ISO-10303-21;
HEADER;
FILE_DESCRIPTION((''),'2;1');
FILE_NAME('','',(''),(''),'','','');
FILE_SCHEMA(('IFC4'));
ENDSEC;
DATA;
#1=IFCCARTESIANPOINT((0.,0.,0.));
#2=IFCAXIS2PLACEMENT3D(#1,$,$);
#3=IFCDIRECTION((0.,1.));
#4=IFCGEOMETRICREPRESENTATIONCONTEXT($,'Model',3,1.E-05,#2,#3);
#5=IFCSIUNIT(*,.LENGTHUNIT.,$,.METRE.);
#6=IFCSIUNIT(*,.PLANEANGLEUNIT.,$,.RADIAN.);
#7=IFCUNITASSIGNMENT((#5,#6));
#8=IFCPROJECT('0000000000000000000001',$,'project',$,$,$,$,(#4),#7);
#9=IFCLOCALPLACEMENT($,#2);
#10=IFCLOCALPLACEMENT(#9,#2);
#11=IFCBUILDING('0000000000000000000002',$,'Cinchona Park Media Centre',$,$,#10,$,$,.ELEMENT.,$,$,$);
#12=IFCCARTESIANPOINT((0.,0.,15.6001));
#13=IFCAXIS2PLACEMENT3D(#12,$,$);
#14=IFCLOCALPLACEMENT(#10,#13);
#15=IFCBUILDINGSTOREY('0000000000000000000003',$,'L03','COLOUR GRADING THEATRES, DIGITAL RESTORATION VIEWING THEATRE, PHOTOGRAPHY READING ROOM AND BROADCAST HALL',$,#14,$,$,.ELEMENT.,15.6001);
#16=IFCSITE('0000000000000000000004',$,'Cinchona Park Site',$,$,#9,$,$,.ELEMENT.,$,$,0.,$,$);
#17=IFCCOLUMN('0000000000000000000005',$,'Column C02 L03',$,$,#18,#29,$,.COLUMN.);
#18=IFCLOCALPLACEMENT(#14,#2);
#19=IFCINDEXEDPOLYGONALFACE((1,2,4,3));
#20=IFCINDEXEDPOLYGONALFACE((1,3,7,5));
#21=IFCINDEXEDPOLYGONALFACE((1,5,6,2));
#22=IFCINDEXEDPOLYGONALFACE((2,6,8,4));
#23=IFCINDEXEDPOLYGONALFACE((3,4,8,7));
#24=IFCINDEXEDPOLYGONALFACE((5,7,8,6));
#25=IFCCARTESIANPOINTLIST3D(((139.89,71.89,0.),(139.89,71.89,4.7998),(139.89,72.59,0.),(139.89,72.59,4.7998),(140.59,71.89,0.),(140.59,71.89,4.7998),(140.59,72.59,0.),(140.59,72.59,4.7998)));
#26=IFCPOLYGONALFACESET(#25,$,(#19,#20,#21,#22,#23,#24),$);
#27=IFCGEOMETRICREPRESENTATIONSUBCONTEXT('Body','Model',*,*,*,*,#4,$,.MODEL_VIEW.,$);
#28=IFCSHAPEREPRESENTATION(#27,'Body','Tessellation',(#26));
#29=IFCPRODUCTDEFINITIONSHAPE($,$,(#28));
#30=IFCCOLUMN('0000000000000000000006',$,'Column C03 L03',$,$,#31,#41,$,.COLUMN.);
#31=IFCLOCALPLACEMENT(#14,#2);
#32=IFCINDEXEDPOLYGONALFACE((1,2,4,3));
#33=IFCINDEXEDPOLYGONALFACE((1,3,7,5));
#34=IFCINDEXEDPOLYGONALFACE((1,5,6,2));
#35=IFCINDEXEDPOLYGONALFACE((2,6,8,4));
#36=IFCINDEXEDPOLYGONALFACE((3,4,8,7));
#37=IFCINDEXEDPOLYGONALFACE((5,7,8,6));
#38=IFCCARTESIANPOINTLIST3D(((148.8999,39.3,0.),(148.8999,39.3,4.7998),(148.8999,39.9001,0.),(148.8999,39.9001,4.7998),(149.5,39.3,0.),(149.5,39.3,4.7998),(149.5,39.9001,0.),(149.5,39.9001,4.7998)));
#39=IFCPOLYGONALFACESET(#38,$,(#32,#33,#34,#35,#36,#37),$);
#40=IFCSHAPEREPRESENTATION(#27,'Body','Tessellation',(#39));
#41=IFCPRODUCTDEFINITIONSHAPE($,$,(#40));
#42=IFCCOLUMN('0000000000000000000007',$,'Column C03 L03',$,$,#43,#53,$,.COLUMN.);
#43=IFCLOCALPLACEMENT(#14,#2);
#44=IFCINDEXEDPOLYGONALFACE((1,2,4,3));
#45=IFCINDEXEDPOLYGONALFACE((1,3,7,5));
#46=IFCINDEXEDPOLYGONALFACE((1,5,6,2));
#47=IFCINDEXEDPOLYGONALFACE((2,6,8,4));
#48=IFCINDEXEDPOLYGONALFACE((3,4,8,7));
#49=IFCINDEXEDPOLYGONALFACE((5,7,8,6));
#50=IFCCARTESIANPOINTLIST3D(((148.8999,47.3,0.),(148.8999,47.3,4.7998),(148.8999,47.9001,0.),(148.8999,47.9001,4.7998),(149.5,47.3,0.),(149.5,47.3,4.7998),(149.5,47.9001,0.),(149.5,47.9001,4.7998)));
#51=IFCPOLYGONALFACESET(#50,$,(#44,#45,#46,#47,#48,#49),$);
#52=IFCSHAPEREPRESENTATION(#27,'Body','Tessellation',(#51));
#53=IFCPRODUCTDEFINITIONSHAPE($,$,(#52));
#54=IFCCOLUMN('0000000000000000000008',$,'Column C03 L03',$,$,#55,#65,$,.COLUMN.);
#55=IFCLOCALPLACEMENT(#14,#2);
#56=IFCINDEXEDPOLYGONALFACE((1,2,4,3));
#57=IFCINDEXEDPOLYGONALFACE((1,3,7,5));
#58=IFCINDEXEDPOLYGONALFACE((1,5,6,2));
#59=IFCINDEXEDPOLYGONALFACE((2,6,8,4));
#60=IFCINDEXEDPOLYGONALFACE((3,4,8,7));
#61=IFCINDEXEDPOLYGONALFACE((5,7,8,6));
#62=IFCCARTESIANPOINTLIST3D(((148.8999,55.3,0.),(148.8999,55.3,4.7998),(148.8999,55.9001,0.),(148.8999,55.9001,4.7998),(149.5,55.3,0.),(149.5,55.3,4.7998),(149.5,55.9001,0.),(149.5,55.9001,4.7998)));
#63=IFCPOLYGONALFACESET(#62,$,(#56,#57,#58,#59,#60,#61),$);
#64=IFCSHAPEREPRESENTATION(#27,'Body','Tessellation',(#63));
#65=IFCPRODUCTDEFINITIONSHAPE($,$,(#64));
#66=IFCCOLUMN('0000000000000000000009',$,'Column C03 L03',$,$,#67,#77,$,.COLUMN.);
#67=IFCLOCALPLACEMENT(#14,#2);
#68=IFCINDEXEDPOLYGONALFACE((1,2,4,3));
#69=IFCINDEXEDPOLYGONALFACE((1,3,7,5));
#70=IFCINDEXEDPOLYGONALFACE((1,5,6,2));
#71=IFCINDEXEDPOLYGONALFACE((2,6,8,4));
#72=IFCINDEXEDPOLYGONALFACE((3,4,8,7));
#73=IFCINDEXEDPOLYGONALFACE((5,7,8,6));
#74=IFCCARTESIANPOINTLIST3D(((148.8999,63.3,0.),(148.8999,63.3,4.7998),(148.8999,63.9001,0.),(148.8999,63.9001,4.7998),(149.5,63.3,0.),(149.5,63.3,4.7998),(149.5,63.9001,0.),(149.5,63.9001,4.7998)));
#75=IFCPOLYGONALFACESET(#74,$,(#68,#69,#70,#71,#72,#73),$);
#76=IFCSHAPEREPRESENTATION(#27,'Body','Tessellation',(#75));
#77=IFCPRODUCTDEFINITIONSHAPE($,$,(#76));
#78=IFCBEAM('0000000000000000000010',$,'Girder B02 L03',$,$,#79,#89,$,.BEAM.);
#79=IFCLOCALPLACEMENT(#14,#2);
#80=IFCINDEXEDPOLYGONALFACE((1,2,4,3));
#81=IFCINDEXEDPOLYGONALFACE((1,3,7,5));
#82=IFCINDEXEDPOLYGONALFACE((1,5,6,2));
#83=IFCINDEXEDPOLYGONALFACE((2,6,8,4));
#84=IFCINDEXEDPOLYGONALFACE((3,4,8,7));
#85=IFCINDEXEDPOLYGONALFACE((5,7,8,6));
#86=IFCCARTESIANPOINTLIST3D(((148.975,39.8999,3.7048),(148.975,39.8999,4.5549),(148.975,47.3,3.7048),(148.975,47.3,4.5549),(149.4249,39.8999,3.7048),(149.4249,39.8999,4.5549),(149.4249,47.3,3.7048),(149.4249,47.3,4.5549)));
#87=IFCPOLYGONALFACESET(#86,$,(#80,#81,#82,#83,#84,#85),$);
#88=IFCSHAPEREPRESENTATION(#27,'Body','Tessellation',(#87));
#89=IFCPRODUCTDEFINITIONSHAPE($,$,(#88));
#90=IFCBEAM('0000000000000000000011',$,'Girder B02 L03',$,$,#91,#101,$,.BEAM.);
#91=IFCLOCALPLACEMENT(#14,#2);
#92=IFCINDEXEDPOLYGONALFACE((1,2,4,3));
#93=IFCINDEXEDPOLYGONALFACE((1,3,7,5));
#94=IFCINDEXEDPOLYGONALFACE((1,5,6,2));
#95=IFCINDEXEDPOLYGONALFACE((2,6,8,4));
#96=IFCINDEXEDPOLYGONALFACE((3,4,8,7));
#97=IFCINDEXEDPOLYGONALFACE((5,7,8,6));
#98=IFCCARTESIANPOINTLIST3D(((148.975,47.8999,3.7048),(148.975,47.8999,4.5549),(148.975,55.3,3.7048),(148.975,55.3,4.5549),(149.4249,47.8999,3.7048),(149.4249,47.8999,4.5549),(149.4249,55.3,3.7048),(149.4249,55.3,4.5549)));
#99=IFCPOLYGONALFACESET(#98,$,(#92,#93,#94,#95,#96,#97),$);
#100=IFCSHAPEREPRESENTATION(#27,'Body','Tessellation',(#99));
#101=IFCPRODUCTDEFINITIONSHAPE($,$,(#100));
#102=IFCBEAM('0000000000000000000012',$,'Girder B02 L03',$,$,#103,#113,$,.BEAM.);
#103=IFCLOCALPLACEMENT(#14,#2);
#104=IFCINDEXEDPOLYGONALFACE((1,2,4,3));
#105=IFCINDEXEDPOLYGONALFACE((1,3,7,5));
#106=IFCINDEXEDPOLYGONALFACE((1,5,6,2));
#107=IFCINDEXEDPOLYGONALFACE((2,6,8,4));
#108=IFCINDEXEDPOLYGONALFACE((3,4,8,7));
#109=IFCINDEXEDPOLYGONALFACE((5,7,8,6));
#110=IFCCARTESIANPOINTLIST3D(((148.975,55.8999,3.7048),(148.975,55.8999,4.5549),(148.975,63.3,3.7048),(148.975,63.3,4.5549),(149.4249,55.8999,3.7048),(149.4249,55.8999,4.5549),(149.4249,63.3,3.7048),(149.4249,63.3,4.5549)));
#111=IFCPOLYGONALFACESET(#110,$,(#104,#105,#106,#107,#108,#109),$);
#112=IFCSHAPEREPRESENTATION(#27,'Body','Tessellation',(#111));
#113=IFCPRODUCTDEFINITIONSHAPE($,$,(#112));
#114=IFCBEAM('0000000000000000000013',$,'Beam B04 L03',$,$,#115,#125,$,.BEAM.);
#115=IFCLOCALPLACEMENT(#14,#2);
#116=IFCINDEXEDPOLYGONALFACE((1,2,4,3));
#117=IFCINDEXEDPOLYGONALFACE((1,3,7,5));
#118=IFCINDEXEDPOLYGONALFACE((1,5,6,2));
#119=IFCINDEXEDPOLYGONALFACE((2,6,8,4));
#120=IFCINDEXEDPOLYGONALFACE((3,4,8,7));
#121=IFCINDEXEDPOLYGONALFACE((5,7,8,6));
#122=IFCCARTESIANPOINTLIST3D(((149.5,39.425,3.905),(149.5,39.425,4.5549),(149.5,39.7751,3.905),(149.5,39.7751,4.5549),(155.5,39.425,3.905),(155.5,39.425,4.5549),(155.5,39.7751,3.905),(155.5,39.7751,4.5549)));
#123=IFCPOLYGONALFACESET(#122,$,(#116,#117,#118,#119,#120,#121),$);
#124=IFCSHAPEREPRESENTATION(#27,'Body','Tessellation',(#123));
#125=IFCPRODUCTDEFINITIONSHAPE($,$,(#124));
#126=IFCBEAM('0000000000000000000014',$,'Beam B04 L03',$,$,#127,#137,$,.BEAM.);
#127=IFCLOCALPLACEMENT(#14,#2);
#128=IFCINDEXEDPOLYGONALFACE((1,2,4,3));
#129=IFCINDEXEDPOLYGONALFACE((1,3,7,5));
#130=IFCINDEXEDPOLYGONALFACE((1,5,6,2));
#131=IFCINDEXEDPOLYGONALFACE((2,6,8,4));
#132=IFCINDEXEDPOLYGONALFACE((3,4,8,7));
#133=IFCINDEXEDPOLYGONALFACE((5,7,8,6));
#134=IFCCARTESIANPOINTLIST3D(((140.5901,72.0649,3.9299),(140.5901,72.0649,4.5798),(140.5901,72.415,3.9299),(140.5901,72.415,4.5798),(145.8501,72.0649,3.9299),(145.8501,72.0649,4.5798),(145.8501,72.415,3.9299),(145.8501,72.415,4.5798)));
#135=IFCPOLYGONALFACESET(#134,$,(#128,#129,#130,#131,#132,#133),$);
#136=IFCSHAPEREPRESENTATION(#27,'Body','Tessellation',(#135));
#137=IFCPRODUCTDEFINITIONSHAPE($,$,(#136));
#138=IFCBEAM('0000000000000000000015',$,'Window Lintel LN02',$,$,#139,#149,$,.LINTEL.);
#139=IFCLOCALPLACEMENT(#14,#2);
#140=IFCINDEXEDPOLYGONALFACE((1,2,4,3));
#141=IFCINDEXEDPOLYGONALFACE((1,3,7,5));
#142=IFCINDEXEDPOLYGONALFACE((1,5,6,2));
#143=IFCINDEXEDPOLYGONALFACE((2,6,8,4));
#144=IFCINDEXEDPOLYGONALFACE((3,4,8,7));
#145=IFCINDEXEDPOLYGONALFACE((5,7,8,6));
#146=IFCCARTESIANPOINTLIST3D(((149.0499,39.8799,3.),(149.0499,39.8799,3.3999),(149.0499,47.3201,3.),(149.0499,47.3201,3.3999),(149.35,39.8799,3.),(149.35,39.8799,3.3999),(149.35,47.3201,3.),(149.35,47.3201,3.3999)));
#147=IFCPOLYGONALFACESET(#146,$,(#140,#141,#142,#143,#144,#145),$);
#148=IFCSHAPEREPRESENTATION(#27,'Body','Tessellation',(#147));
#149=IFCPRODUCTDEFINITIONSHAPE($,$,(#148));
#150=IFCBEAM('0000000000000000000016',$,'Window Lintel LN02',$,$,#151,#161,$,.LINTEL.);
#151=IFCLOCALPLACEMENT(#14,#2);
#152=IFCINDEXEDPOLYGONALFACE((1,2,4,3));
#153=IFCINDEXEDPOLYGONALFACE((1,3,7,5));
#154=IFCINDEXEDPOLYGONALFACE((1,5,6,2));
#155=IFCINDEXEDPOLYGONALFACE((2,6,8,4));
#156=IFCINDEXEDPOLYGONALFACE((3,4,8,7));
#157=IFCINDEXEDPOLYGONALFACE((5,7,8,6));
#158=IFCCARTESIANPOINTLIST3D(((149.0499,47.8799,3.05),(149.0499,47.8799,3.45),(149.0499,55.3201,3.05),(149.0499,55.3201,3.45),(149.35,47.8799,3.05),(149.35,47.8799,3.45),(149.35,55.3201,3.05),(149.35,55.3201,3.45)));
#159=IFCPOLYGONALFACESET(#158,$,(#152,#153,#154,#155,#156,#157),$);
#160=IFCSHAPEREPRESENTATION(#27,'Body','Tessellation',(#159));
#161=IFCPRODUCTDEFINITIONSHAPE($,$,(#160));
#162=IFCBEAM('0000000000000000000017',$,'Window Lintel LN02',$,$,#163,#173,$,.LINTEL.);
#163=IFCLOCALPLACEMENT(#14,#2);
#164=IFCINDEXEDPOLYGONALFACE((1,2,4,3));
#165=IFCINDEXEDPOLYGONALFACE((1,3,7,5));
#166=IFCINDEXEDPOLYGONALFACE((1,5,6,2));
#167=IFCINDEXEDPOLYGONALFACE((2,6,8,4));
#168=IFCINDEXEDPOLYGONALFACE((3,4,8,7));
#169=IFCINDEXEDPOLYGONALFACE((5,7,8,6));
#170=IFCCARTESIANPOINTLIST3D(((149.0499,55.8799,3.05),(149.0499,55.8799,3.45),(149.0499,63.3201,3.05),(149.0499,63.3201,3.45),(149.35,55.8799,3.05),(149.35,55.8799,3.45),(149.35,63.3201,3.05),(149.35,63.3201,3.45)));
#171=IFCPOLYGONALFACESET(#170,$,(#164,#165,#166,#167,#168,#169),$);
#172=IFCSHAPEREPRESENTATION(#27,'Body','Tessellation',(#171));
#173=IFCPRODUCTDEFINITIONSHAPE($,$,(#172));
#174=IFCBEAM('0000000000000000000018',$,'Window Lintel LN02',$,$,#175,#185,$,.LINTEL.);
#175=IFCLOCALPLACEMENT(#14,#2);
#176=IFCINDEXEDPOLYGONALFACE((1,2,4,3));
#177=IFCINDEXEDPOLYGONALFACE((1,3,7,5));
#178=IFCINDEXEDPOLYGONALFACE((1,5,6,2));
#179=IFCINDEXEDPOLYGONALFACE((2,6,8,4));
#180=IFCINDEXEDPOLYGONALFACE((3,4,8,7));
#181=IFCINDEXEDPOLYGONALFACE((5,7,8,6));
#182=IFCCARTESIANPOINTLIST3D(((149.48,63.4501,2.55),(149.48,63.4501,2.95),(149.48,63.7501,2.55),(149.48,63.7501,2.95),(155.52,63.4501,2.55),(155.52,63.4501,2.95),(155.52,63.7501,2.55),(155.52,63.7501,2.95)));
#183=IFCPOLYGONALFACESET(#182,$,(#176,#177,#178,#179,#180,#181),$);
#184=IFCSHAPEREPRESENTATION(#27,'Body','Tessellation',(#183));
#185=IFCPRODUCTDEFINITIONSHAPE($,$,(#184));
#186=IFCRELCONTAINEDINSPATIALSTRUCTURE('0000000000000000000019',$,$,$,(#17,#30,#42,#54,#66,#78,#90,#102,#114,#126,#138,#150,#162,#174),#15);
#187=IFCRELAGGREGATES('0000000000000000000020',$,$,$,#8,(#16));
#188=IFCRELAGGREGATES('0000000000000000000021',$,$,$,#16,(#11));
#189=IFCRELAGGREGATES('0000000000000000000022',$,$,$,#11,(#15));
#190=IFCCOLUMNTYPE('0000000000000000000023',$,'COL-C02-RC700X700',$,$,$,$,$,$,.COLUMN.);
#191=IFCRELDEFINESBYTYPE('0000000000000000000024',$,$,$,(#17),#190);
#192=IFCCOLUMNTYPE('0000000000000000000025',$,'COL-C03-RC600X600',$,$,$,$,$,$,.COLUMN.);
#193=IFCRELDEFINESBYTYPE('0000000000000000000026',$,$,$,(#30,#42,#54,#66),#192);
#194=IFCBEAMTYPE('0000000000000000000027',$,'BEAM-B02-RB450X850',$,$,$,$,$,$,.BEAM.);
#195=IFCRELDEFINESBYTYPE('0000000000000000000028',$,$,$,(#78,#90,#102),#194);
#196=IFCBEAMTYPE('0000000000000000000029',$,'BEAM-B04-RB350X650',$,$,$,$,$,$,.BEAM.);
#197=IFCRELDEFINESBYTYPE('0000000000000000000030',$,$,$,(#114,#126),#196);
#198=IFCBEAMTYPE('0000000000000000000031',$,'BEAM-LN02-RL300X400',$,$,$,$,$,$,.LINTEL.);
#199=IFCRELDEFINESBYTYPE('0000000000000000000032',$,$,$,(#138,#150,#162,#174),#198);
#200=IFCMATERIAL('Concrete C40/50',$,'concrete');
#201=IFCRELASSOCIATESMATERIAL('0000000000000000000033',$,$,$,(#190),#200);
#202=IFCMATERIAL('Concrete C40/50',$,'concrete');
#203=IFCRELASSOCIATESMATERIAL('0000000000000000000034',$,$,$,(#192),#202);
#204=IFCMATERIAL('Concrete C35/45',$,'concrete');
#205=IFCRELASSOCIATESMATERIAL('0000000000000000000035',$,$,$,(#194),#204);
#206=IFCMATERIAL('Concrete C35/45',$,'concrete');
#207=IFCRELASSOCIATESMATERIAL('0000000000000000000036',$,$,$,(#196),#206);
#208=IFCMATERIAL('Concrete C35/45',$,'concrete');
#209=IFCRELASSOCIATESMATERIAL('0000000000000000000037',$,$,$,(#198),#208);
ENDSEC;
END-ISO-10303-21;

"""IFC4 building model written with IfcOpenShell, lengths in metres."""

from ifc_helpers import new_model, si_unit, direction, frame, origin, origin_2d, place, context, subcontext, project, spatial, rectangle, extrude, material, material_profile, profile_set, type_object, element, save


model = new_model("IFC4")

# Units and contexts
model_context = context("Model", 3, precision=1e-05, world=origin(), true_north=direction((0.0, 1.0)))
body_context = subcontext(model_context, "Body", "Model", "MODEL_VIEW")
ifc_project = project(units=[si_unit("LENGTHUNIT", "METRE"), si_unit("PLANEANGLEUNIT", "RADIAN")], contexts=[model_context])

# Site, building, storey
site_placement = place(None, origin())
site = spatial("IfcSite", under=ifc_project, at=site_placement, Name="Cinchona Park Site", CompositionType="ELEMENT", RefElevation=0.0)
building_placement = place(site_placement, origin())
building = spatial("IfcBuilding", under=site, at=building_placement, Name="Cinchona Park Media Centre", CompositionType="ELEMENT")
storey_placement = place(building_placement, frame((0.0, 0.0, 15.6001)))
storey = spatial("IfcBuildingStorey", under=building, at=storey_placement, Name="L03", Description="COLOUR GRADING THEATRES, DIGITAL RESTORATION VIEWING THEATRE, PHOTOGRAPHY READING ROOM AND BROADCAST HALL", CompositionType="ELEMENT", Elevation=15.6001)

# Columns
ifc_material_1 = material(Name="Concrete C40/50", Category="concrete")
ifc_material_profile_1 = material_profile(ifc_material_1, rectangle(XDim=0.7, YDim=0.7, at=origin_2d()), Name="RC 700X700")
ifc_profile_set_1 = profile_set([ifc_material_profile_1], Name="Concrete C40/50")
column_type_1 = type_object("IfcColumnType", Name="COL-C02-RC700X700", PredefinedType="COLUMN", material=ifc_profile_set_1)
column_placement = place(storey_placement, frame((140.24, 72.24, 0.0), z_axis=(0.0, 0.0, 1.0), x_axis=(1.0, 0.0, 0.0)))
element("IfcColumn", 1, at=column_placement, inside=storey, type_object=column_type_1, Name="Column C02 L03", PredefinedType="COLUMN", context=body_context, shape_type="SweptSolid", body=[
    extrude(rectangle(XDim=0.7, YDim=0.7, at=origin_2d()), origin(), (0.0, 0.0, 1.0), 4.7998),
])
ifc_material_2 = material(Name="Concrete C40/50", Category="concrete")
ifc_material_profile_2 = material_profile(ifc_material_2, rectangle(XDim=0.6001, YDim=0.6001, at=origin_2d()), Name="RC 600X600")
ifc_profile_set_2 = profile_set([ifc_material_profile_2], Name="Concrete C40/50")
column_type_2 = type_object("IfcColumnType", Name="COL-C03-RC600X600", PredefinedType="COLUMN", material=ifc_profile_set_2)
for number, where, z_axis, x_axis, name in (
    (2, (149.2, 39.6001, 0.0), (0.0, 0.0, 1.0), (1.0, 0.0, 0.0), "Column C03 L03"),
    (3, (149.2, 47.6001, 0.0), (0.0, 0.0, 1.0), (1.0, 0.0, 0.0), "Column C03 L03"),
    (4, (149.2, 55.6001, 0.0), (0.0, 0.0, 1.0), (1.0, 0.0, 0.0), "Column C03 L03"),
    (5, (149.2, 63.6001, 0.0), (0.0, 0.0, 1.0), (1.0, 0.0, 0.0), "Column C03 L03"),
):
    element("IfcColumn", number, at=place(storey_placement, frame(where, z_axis=z_axis, x_axis=x_axis)), inside=storey, type_object=column_type_2, Name=name, PredefinedType="COLUMN", context=body_context, shape_type="SweptSolid", body=[
        extrude(rectangle(XDim=0.6001, YDim=0.6001, at=origin_2d()), origin(), (0.0, 0.0, 1.0), 4.7998),
    ])

# Beams
ifc_material_3 = material(Name="Concrete C35/45", Category="concrete")
ifc_material_profile_3 = material_profile(ifc_material_3, rectangle(XDim=0.45, YDim=0.8501, at=origin_2d()), Name="RB 450X850")
ifc_profile_set_3 = profile_set([ifc_material_profile_3], Name="Concrete C35/45")
beam_type_1 = type_object("IfcBeamType", Name="BEAM-B02-RB450X850", PredefinedType="BEAM", material=ifc_profile_set_3)
for number, where, z_axis, x_axis, name in (
    (6, (149.2, 39.8999, 4.1299), (0.0, 1.0, 0.0), (-1.0, 0.0, 0.0), "Girder B02 L03"),
    (7, (149.2, 47.8999, 4.1299), (0.0, 1.0, 0.0), (-1.0, 0.0, 0.0), "Girder B02 L03"),
    (8, (149.2, 55.8999, 4.1299), (0.0, 1.0, 0.0), (-1.0, 0.0, 0.0), "Girder B02 L03"),
):
    element("IfcBeam", number, at=place(storey_placement, frame(where, z_axis=z_axis, x_axis=x_axis)), inside=storey, type_object=beam_type_1, Name=name, PredefinedType="BEAM", context=body_context, shape_type="SweptSolid", body=[
        extrude(rectangle(XDim=0.45, YDim=0.8501, at=origin_2d()), origin(), (0.0, 0.0, 1.0), 7.4001),
    ])
ifc_material_4 = material(Name="Concrete C35/45", Category="concrete")
ifc_material_profile_4 = material_profile(ifc_material_4, rectangle(XDim=0.3501, YDim=0.6499, at=origin_2d()), Name="RB 350X650")
ifc_profile_set_4 = profile_set([ifc_material_profile_4], Name="Concrete C35/45")
beam_type_2 = type_object("IfcBeamType", Name="BEAM-B04-RB350X650", PredefinedType="BEAM", material=ifc_profile_set_4)
beam_1_placement = place(storey_placement, frame((149.5, 39.6001, 4.23), z_axis=(1.0, 0.0, 0.0), x_axis=(0.0, 1.0, 0.0)))
element("IfcBeam", 9, at=beam_1_placement, inside=storey, type_object=beam_type_2, Name="Beam B04 L03", PredefinedType="BEAM", context=body_context, shape_type="SweptSolid", body=[
    extrude(rectangle(XDim=0.3501, YDim=0.6499, at=origin_2d()), origin(), (0.0, 0.0, 1.0), 6.0),
])
beam_2_placement = place(storey_placement, frame((140.5901, 72.24, 4.2549), z_axis=(1.0, 0.0, 0.0), x_axis=(0.0, 1.0, 0.0)))
element("IfcBeam", 10, at=beam_2_placement, inside=storey, type_object=beam_type_2, Name="Beam B04 L03", PredefinedType="BEAM", context=body_context, shape_type="SweptSolid", body=[
    extrude(rectangle(XDim=0.3501, YDim=0.6499, at=origin_2d()), origin(), (0.0, 0.0, 1.0), 5.26),
])
ifc_material_5 = material(Name="Concrete C35/45", Category="concrete")
ifc_material_profile_5 = material_profile(ifc_material_5, rectangle(XDim=0.3, YDim=0.3999, at=origin_2d()), Name="RL 300X400")
ifc_profile_set_5 = profile_set([ifc_material_profile_5], Name="Concrete C35/45")
beam_type_3 = type_object("IfcBeamType", Name="BEAM-LN02-RL300X400", PredefinedType="LINTEL", material=ifc_profile_set_5)
for number, where, z_axis, x_axis, name in (
    (11, (149.2, 39.8799, 3.2), (0.0, 1.0, 0.0), (-1.0, 0.0, 0.0), "Window Lintel LN02"),
    (12, (149.2, 47.8799, 3.25), (0.0, 1.0, 0.0), (-1.0, 0.0, 0.0), "Window Lintel LN02"),
    (13, (149.2, 55.8799, 3.25), (0.0, 1.0, 0.0), (-1.0, 0.0, 0.0), "Window Lintel LN02"),
):
    element("IfcBeam", number, at=place(storey_placement, frame(where, z_axis=z_axis, x_axis=x_axis)), inside=storey, type_object=beam_type_3, Name=name, PredefinedType="LINTEL", context=body_context, shape_type="SweptSolid", body=[
        extrude(rectangle(XDim=0.3, YDim=0.3999, at=origin_2d()), origin(), (0.0, 0.0, 1.0), 7.4402),
    ])
beam_3_placement = place(storey_placement, frame((149.48, 63.6001, 2.75), z_axis=(1.0, 0.0, 0.0), x_axis=(0.0, 1.0, 0.0)))
element("IfcBeam", 14, at=beam_3_placement, inside=storey, type_object=beam_type_3, Name="Window Lintel LN02", PredefinedType="LINTEL", context=body_context, shape_type="SweptSolid", body=[
    extrude(rectangle(XDim=0.3, YDim=0.3999, at=origin_2d()), origin(), (0.0, 0.0, 1.0), 6.04),
])

save(model, "model.ifc")
